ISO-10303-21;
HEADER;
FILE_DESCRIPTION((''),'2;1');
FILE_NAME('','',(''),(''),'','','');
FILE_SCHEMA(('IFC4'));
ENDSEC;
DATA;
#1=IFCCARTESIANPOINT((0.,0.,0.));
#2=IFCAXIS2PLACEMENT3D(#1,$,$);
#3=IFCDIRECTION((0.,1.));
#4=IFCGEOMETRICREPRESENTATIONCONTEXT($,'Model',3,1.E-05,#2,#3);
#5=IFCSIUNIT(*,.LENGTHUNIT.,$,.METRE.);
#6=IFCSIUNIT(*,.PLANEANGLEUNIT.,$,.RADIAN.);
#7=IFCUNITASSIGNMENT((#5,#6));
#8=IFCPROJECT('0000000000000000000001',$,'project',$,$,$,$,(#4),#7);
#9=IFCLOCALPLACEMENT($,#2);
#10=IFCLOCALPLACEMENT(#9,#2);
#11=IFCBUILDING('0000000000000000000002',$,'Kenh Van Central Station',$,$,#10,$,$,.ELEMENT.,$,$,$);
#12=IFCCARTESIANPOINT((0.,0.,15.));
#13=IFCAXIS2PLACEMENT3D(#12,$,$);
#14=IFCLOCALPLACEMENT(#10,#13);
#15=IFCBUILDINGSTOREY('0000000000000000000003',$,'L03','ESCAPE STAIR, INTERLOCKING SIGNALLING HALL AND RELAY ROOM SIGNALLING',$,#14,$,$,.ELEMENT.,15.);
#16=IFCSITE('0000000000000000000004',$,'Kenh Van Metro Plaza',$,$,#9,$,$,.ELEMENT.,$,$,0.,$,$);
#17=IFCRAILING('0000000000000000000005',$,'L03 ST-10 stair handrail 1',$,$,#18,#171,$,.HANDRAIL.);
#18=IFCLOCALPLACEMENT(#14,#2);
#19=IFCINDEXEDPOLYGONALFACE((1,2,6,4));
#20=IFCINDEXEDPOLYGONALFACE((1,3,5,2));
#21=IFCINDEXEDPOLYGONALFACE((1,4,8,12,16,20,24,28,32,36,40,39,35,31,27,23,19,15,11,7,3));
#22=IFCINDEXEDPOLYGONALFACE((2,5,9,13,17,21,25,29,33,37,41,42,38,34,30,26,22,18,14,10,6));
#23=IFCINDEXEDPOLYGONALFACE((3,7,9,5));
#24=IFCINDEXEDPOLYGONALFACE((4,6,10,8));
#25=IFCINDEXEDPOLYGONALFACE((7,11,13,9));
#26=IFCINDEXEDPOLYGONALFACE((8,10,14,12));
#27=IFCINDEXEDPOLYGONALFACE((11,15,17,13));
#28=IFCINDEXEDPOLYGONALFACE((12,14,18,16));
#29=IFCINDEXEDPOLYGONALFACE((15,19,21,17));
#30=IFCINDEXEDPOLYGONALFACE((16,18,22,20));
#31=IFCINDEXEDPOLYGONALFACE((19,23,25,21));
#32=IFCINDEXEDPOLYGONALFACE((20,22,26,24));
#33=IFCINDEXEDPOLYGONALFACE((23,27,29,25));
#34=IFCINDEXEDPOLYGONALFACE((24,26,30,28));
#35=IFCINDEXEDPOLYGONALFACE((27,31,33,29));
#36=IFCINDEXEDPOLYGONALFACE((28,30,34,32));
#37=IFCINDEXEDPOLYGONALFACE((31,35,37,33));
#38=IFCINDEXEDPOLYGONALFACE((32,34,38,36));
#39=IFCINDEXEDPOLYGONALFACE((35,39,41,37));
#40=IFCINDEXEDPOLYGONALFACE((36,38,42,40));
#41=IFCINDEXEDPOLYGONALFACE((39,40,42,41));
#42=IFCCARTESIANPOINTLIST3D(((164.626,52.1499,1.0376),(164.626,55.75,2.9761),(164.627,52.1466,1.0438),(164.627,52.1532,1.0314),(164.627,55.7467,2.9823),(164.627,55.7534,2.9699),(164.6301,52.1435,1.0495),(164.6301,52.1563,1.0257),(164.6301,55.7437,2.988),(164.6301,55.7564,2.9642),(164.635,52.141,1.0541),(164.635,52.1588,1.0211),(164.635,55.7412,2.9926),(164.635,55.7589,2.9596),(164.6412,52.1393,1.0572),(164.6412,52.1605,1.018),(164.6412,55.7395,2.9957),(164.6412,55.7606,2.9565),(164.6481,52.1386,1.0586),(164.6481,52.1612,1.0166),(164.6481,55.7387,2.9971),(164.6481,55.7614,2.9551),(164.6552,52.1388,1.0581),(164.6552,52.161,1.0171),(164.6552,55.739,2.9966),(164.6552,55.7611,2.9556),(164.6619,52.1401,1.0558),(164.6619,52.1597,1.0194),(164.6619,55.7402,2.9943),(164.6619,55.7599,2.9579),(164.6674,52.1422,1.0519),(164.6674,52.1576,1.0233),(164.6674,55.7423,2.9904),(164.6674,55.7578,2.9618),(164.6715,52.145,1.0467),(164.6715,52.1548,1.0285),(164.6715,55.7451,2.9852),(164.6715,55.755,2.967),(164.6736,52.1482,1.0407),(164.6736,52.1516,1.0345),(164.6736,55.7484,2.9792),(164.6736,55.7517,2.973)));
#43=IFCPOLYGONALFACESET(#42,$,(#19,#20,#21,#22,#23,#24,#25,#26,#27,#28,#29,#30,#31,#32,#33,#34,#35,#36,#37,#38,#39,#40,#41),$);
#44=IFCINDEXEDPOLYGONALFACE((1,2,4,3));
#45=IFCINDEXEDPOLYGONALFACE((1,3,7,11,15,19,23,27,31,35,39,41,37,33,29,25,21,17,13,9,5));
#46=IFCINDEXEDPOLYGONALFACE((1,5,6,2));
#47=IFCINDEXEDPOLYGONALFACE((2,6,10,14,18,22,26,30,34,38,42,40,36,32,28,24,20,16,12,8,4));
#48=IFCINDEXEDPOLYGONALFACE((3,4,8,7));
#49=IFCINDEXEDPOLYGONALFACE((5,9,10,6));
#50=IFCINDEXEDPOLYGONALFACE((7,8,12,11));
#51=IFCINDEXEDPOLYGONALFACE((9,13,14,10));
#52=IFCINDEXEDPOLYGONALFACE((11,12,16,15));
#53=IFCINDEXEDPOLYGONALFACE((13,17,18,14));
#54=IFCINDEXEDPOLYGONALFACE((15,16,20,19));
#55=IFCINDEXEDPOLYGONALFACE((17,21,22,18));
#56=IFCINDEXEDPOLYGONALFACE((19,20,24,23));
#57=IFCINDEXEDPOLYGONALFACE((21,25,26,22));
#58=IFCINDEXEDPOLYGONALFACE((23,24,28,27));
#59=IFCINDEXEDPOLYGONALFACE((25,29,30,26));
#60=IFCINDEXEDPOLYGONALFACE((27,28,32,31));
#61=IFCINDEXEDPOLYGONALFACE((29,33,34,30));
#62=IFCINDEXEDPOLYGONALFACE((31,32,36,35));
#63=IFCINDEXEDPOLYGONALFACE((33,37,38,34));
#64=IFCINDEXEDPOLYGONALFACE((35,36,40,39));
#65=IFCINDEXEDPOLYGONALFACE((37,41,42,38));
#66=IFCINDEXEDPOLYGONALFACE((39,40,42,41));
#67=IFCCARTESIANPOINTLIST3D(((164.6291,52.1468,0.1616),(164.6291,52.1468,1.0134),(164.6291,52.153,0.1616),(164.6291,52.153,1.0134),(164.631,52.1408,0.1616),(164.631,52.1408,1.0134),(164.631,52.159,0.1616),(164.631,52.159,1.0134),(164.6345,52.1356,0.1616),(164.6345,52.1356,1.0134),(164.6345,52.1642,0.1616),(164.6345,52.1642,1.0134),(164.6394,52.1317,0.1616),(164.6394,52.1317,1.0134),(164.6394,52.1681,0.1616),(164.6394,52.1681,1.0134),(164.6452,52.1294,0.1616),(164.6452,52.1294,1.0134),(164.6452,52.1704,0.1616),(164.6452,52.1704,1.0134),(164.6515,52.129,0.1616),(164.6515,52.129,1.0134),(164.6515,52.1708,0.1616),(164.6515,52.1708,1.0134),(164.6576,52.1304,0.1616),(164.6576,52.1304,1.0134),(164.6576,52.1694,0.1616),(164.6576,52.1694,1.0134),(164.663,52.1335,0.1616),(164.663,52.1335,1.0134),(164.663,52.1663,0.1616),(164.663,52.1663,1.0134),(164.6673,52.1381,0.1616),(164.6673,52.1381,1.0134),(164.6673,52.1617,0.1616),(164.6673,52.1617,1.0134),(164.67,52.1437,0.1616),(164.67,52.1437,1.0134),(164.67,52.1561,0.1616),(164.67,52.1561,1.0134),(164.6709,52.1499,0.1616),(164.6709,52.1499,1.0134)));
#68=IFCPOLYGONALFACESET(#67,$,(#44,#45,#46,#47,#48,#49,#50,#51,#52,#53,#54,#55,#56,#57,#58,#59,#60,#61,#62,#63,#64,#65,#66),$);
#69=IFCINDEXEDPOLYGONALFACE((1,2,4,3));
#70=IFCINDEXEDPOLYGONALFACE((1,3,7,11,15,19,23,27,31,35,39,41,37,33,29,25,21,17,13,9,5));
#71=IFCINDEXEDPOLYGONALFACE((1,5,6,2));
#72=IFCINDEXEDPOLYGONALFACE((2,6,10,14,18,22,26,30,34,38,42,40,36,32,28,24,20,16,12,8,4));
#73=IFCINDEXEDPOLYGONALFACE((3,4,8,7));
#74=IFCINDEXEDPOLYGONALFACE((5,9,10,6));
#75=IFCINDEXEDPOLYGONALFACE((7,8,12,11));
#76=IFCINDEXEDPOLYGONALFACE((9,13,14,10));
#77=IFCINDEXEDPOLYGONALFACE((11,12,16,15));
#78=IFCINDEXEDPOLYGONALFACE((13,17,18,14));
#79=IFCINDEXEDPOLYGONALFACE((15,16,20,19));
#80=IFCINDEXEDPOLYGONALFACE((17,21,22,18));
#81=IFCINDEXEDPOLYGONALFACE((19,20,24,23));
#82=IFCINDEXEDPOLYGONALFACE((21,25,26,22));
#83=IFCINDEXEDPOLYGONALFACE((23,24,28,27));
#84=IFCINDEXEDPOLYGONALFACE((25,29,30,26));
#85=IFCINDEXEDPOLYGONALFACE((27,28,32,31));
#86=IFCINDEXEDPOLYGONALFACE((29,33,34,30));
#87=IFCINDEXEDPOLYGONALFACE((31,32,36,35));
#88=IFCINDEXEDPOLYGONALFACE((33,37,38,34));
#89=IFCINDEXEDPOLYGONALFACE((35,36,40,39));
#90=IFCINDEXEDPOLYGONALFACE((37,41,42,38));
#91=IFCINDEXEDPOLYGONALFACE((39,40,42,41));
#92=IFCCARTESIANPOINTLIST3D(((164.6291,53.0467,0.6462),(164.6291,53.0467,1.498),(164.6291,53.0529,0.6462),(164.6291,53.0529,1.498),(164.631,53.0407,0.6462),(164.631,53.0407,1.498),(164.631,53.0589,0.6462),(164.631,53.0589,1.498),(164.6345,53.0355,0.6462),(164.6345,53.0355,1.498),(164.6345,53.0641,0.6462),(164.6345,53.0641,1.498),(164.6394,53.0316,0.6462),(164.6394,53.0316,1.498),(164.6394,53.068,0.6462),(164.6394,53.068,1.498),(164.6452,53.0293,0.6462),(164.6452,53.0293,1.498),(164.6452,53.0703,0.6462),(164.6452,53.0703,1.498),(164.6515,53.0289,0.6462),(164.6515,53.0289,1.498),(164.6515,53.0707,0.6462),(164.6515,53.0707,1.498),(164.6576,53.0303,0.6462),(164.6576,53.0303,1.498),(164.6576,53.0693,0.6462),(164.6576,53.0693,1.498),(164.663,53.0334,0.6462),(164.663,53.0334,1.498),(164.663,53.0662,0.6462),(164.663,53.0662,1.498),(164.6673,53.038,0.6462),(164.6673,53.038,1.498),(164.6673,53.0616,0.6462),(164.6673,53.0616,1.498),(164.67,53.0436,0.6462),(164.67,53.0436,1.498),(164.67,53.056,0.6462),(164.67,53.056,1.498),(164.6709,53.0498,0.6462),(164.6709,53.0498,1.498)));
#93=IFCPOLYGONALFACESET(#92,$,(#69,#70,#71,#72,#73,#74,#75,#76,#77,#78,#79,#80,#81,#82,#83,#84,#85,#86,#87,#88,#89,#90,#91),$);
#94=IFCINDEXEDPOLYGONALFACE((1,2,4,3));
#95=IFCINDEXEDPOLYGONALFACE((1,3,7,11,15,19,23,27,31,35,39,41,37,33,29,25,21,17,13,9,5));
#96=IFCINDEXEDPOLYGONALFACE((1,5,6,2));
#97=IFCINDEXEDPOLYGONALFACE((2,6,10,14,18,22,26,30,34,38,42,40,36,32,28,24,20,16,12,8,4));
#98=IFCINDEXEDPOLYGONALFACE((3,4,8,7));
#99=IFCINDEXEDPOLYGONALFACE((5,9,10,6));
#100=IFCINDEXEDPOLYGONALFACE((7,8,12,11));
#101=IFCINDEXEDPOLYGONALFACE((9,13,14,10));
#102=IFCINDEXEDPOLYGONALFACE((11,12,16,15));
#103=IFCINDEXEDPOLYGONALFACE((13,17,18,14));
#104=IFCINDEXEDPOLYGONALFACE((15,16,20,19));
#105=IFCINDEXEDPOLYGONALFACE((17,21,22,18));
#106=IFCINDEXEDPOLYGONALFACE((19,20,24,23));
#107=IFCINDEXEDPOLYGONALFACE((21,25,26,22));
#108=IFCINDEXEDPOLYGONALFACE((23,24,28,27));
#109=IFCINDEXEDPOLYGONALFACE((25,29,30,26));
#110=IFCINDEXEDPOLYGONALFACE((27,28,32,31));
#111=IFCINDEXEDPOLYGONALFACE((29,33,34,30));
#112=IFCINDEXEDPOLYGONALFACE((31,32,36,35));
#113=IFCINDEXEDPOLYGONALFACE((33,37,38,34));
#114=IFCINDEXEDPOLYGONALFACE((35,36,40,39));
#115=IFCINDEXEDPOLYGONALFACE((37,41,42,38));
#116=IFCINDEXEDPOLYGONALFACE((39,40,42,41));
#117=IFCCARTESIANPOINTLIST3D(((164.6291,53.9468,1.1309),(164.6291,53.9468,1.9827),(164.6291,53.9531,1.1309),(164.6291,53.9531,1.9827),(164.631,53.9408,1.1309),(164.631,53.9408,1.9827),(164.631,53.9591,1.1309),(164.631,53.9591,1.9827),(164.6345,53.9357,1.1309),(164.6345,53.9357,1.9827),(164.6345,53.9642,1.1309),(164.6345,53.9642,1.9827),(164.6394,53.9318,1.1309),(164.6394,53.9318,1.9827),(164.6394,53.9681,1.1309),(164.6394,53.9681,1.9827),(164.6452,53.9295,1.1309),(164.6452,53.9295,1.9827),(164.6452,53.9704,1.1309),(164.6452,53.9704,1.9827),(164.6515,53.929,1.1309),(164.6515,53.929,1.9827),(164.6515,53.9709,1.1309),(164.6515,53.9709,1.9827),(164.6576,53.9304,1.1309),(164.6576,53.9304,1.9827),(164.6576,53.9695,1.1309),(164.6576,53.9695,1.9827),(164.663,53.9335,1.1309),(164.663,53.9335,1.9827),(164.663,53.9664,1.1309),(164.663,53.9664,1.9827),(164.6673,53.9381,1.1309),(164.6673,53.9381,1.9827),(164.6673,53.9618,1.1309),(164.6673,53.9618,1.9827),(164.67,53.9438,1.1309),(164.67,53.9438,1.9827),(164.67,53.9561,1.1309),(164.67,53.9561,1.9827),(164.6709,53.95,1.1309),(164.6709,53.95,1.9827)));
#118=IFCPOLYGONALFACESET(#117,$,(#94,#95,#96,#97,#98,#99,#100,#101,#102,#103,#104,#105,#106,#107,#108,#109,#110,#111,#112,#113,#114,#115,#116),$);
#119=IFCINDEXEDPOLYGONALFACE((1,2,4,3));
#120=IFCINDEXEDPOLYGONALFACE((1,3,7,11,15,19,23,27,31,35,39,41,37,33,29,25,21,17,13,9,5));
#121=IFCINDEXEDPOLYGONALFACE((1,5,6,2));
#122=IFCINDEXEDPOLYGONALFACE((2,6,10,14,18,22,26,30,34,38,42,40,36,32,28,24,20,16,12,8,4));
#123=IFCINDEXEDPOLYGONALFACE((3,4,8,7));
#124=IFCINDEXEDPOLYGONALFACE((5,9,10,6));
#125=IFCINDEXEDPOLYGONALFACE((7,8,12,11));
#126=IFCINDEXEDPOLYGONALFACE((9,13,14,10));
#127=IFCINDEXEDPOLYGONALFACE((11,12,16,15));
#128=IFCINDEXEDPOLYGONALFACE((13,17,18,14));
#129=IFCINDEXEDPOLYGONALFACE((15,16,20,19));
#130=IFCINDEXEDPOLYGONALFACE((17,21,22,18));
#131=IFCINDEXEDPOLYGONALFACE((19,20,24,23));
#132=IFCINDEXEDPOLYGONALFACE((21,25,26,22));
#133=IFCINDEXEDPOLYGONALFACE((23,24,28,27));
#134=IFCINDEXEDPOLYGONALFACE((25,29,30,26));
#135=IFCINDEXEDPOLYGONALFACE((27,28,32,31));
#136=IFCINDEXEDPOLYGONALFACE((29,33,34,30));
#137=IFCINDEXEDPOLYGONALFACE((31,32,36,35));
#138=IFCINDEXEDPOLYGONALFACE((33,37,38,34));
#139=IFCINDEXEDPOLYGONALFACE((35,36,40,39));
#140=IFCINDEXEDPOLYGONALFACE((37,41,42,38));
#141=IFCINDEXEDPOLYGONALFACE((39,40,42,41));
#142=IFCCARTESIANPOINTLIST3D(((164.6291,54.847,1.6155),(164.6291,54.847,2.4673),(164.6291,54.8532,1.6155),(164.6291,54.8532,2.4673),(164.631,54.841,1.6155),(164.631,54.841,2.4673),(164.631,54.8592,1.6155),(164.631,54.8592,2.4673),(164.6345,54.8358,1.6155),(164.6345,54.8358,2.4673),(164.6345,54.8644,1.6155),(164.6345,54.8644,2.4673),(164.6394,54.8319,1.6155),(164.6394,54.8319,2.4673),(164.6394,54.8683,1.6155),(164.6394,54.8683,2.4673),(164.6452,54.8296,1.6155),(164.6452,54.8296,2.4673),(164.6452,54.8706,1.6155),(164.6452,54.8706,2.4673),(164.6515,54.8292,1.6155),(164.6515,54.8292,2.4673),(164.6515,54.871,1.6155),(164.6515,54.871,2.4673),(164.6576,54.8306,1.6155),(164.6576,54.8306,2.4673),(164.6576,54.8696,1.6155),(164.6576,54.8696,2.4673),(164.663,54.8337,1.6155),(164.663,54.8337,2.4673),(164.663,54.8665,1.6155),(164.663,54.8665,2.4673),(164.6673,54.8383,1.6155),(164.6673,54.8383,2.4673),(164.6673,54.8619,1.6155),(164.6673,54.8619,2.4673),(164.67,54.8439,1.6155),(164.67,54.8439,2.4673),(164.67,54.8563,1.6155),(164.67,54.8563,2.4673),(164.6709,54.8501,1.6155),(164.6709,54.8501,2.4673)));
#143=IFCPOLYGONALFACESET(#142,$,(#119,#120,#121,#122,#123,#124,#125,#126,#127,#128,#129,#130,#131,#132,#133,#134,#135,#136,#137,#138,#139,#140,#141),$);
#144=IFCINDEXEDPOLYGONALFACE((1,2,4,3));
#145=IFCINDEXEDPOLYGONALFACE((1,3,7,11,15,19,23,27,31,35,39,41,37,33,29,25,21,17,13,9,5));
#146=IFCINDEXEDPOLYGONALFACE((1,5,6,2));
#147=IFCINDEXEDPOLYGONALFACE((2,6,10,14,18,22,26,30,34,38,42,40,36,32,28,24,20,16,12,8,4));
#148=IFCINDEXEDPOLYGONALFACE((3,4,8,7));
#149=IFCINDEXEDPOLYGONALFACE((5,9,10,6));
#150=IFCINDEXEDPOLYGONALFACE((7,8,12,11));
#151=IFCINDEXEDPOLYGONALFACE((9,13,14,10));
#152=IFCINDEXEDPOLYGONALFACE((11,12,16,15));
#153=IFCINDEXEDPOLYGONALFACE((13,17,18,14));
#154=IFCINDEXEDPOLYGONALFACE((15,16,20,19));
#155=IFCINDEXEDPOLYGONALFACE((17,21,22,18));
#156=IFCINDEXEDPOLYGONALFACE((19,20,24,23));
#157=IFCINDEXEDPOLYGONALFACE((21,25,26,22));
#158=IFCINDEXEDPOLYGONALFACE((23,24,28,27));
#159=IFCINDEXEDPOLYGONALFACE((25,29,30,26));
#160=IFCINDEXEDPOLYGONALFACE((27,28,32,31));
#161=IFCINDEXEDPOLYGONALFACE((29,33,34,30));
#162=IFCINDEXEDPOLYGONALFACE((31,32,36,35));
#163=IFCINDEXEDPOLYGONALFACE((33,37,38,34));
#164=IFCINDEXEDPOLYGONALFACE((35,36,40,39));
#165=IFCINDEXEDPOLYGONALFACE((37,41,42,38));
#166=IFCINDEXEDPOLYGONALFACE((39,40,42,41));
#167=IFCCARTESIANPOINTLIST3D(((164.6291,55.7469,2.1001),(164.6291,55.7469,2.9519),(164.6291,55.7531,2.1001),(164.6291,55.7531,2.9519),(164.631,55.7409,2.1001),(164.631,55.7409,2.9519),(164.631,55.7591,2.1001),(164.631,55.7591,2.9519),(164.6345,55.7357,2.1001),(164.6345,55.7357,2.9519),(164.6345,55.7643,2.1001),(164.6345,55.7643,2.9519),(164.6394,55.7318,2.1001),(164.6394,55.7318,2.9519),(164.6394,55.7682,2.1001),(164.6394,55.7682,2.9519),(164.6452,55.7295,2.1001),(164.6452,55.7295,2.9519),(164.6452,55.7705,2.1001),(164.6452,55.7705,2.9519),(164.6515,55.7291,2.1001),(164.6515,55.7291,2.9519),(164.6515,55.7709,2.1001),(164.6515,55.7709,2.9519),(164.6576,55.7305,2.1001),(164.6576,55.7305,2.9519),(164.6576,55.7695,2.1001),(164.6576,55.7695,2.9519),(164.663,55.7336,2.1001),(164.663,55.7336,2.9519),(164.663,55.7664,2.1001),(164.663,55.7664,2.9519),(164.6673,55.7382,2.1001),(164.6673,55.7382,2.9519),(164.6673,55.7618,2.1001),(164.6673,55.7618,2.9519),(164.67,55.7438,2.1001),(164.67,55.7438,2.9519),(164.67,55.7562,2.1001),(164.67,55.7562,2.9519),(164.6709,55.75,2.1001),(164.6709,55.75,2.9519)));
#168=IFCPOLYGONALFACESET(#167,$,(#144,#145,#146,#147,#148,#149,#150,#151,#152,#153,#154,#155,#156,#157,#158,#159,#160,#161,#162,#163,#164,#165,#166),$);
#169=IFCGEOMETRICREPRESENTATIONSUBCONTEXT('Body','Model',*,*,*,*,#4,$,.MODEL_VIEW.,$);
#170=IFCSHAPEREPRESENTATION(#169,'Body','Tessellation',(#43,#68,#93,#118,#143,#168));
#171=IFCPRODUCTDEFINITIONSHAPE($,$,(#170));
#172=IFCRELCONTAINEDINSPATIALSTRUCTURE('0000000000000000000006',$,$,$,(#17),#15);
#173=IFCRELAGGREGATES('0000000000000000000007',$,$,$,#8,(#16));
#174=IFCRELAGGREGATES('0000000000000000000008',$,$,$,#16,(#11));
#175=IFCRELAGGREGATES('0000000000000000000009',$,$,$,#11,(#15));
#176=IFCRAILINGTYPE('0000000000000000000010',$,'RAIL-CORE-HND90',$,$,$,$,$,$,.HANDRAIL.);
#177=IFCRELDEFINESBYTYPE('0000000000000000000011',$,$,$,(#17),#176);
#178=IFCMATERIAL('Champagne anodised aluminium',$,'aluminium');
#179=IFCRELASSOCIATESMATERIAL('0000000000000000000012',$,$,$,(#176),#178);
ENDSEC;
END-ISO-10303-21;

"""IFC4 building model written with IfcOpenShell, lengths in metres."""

from ifc_helpers import new_model, si_unit, direction, frame, origin, origin_2d, place, context, subcontext, project, spatial, circle, extrude, material, type_object, element, save


model = new_model("IFC4")

# Units and contexts
model_context = context("Model", 3, precision=1e-05, world=origin(), true_north=direction((0.0, 1.0)))
body_context = subcontext(model_context, "Body", "Model", "MODEL_VIEW")
ifc_project = project(units=[si_unit("LENGTHUNIT", "METRE"), si_unit("PLANEANGLEUNIT", "RADIAN")], contexts=[model_context])

# Site, building, storey
site_placement = place(None, origin())
site = spatial("IfcSite", under=ifc_project, at=site_placement, Name="Kenh Van Metro Plaza", CompositionType="ELEMENT", RefElevation=0.0)
building_placement = place(site_placement, origin())
building = spatial("IfcBuilding", under=site, at=building_placement, Name="Kenh Van Central Station", CompositionType="ELEMENT")
storey_placement = place(building_placement, frame((0.0, 0.0, 15.0)))
storey = spatial("IfcBuildingStorey", under=building, at=storey_placement, Name="L03", Description="ESCAPE STAIR, INTERLOCKING SIGNALLING HALL AND RELAY ROOM SIGNALLING", CompositionType="ELEMENT", Elevation=15.0)

# Shared definitions
ifc_material_1 = material(Name="Champagne anodised aluminium", Category="aluminium")

# Railing
railing_type_1 = type_object("IfcRailingType", Name="RAIL-CORE-HND90", PredefinedType="HANDRAIL", material=ifc_material_1)
railing_1_placement = place(storey_placement, frame((164.6499, 52.1499, 0.1616)))
element("IfcRailing", 1, at=railing_1_placement, inside=storey, type_object=railing_type_1, Name="L03 ST-10 stair handrail 1", PredefinedType="HANDRAIL", context=body_context, shape_type="SweptSolid", body=[
    extrude(circle(Radius=0.0239, at=origin_2d()), frame((0.0, 0.0, 0.876), z_axis=(0.0, 0.880475, 0.474093), x_axis=(-1.0, 0.0, 0.0)), (0.0, 0.0, 1.0), 4.0889),
    extrude(circle(Radius=0.021, at=origin_2d()), origin(), (0.0, 0.0, 1.0), 0.8518),
    extrude(circle(Radius=0.021, at=origin_2d()), frame((0.0, 0.8999, 0.4846)), (0.0, 0.0, 1.0), 0.8518),
    extrude(circle(Radius=0.021, at=origin_2d()), frame((0.0, 1.8, 0.9692)), (0.0, 0.0, 1.0), 0.8518),
    extrude(circle(Radius=0.021, at=origin_2d()), frame((0.0, 2.7002, 1.4539)), (0.0, 0.0, 1.0), 0.8518),
    extrude(circle(Radius=0.021, at=origin_2d()), frame((0.0, 3.6001, 1.9385)), (0.0, 0.0, 1.0), 0.8518),
])

save(model, "model.ifc")
